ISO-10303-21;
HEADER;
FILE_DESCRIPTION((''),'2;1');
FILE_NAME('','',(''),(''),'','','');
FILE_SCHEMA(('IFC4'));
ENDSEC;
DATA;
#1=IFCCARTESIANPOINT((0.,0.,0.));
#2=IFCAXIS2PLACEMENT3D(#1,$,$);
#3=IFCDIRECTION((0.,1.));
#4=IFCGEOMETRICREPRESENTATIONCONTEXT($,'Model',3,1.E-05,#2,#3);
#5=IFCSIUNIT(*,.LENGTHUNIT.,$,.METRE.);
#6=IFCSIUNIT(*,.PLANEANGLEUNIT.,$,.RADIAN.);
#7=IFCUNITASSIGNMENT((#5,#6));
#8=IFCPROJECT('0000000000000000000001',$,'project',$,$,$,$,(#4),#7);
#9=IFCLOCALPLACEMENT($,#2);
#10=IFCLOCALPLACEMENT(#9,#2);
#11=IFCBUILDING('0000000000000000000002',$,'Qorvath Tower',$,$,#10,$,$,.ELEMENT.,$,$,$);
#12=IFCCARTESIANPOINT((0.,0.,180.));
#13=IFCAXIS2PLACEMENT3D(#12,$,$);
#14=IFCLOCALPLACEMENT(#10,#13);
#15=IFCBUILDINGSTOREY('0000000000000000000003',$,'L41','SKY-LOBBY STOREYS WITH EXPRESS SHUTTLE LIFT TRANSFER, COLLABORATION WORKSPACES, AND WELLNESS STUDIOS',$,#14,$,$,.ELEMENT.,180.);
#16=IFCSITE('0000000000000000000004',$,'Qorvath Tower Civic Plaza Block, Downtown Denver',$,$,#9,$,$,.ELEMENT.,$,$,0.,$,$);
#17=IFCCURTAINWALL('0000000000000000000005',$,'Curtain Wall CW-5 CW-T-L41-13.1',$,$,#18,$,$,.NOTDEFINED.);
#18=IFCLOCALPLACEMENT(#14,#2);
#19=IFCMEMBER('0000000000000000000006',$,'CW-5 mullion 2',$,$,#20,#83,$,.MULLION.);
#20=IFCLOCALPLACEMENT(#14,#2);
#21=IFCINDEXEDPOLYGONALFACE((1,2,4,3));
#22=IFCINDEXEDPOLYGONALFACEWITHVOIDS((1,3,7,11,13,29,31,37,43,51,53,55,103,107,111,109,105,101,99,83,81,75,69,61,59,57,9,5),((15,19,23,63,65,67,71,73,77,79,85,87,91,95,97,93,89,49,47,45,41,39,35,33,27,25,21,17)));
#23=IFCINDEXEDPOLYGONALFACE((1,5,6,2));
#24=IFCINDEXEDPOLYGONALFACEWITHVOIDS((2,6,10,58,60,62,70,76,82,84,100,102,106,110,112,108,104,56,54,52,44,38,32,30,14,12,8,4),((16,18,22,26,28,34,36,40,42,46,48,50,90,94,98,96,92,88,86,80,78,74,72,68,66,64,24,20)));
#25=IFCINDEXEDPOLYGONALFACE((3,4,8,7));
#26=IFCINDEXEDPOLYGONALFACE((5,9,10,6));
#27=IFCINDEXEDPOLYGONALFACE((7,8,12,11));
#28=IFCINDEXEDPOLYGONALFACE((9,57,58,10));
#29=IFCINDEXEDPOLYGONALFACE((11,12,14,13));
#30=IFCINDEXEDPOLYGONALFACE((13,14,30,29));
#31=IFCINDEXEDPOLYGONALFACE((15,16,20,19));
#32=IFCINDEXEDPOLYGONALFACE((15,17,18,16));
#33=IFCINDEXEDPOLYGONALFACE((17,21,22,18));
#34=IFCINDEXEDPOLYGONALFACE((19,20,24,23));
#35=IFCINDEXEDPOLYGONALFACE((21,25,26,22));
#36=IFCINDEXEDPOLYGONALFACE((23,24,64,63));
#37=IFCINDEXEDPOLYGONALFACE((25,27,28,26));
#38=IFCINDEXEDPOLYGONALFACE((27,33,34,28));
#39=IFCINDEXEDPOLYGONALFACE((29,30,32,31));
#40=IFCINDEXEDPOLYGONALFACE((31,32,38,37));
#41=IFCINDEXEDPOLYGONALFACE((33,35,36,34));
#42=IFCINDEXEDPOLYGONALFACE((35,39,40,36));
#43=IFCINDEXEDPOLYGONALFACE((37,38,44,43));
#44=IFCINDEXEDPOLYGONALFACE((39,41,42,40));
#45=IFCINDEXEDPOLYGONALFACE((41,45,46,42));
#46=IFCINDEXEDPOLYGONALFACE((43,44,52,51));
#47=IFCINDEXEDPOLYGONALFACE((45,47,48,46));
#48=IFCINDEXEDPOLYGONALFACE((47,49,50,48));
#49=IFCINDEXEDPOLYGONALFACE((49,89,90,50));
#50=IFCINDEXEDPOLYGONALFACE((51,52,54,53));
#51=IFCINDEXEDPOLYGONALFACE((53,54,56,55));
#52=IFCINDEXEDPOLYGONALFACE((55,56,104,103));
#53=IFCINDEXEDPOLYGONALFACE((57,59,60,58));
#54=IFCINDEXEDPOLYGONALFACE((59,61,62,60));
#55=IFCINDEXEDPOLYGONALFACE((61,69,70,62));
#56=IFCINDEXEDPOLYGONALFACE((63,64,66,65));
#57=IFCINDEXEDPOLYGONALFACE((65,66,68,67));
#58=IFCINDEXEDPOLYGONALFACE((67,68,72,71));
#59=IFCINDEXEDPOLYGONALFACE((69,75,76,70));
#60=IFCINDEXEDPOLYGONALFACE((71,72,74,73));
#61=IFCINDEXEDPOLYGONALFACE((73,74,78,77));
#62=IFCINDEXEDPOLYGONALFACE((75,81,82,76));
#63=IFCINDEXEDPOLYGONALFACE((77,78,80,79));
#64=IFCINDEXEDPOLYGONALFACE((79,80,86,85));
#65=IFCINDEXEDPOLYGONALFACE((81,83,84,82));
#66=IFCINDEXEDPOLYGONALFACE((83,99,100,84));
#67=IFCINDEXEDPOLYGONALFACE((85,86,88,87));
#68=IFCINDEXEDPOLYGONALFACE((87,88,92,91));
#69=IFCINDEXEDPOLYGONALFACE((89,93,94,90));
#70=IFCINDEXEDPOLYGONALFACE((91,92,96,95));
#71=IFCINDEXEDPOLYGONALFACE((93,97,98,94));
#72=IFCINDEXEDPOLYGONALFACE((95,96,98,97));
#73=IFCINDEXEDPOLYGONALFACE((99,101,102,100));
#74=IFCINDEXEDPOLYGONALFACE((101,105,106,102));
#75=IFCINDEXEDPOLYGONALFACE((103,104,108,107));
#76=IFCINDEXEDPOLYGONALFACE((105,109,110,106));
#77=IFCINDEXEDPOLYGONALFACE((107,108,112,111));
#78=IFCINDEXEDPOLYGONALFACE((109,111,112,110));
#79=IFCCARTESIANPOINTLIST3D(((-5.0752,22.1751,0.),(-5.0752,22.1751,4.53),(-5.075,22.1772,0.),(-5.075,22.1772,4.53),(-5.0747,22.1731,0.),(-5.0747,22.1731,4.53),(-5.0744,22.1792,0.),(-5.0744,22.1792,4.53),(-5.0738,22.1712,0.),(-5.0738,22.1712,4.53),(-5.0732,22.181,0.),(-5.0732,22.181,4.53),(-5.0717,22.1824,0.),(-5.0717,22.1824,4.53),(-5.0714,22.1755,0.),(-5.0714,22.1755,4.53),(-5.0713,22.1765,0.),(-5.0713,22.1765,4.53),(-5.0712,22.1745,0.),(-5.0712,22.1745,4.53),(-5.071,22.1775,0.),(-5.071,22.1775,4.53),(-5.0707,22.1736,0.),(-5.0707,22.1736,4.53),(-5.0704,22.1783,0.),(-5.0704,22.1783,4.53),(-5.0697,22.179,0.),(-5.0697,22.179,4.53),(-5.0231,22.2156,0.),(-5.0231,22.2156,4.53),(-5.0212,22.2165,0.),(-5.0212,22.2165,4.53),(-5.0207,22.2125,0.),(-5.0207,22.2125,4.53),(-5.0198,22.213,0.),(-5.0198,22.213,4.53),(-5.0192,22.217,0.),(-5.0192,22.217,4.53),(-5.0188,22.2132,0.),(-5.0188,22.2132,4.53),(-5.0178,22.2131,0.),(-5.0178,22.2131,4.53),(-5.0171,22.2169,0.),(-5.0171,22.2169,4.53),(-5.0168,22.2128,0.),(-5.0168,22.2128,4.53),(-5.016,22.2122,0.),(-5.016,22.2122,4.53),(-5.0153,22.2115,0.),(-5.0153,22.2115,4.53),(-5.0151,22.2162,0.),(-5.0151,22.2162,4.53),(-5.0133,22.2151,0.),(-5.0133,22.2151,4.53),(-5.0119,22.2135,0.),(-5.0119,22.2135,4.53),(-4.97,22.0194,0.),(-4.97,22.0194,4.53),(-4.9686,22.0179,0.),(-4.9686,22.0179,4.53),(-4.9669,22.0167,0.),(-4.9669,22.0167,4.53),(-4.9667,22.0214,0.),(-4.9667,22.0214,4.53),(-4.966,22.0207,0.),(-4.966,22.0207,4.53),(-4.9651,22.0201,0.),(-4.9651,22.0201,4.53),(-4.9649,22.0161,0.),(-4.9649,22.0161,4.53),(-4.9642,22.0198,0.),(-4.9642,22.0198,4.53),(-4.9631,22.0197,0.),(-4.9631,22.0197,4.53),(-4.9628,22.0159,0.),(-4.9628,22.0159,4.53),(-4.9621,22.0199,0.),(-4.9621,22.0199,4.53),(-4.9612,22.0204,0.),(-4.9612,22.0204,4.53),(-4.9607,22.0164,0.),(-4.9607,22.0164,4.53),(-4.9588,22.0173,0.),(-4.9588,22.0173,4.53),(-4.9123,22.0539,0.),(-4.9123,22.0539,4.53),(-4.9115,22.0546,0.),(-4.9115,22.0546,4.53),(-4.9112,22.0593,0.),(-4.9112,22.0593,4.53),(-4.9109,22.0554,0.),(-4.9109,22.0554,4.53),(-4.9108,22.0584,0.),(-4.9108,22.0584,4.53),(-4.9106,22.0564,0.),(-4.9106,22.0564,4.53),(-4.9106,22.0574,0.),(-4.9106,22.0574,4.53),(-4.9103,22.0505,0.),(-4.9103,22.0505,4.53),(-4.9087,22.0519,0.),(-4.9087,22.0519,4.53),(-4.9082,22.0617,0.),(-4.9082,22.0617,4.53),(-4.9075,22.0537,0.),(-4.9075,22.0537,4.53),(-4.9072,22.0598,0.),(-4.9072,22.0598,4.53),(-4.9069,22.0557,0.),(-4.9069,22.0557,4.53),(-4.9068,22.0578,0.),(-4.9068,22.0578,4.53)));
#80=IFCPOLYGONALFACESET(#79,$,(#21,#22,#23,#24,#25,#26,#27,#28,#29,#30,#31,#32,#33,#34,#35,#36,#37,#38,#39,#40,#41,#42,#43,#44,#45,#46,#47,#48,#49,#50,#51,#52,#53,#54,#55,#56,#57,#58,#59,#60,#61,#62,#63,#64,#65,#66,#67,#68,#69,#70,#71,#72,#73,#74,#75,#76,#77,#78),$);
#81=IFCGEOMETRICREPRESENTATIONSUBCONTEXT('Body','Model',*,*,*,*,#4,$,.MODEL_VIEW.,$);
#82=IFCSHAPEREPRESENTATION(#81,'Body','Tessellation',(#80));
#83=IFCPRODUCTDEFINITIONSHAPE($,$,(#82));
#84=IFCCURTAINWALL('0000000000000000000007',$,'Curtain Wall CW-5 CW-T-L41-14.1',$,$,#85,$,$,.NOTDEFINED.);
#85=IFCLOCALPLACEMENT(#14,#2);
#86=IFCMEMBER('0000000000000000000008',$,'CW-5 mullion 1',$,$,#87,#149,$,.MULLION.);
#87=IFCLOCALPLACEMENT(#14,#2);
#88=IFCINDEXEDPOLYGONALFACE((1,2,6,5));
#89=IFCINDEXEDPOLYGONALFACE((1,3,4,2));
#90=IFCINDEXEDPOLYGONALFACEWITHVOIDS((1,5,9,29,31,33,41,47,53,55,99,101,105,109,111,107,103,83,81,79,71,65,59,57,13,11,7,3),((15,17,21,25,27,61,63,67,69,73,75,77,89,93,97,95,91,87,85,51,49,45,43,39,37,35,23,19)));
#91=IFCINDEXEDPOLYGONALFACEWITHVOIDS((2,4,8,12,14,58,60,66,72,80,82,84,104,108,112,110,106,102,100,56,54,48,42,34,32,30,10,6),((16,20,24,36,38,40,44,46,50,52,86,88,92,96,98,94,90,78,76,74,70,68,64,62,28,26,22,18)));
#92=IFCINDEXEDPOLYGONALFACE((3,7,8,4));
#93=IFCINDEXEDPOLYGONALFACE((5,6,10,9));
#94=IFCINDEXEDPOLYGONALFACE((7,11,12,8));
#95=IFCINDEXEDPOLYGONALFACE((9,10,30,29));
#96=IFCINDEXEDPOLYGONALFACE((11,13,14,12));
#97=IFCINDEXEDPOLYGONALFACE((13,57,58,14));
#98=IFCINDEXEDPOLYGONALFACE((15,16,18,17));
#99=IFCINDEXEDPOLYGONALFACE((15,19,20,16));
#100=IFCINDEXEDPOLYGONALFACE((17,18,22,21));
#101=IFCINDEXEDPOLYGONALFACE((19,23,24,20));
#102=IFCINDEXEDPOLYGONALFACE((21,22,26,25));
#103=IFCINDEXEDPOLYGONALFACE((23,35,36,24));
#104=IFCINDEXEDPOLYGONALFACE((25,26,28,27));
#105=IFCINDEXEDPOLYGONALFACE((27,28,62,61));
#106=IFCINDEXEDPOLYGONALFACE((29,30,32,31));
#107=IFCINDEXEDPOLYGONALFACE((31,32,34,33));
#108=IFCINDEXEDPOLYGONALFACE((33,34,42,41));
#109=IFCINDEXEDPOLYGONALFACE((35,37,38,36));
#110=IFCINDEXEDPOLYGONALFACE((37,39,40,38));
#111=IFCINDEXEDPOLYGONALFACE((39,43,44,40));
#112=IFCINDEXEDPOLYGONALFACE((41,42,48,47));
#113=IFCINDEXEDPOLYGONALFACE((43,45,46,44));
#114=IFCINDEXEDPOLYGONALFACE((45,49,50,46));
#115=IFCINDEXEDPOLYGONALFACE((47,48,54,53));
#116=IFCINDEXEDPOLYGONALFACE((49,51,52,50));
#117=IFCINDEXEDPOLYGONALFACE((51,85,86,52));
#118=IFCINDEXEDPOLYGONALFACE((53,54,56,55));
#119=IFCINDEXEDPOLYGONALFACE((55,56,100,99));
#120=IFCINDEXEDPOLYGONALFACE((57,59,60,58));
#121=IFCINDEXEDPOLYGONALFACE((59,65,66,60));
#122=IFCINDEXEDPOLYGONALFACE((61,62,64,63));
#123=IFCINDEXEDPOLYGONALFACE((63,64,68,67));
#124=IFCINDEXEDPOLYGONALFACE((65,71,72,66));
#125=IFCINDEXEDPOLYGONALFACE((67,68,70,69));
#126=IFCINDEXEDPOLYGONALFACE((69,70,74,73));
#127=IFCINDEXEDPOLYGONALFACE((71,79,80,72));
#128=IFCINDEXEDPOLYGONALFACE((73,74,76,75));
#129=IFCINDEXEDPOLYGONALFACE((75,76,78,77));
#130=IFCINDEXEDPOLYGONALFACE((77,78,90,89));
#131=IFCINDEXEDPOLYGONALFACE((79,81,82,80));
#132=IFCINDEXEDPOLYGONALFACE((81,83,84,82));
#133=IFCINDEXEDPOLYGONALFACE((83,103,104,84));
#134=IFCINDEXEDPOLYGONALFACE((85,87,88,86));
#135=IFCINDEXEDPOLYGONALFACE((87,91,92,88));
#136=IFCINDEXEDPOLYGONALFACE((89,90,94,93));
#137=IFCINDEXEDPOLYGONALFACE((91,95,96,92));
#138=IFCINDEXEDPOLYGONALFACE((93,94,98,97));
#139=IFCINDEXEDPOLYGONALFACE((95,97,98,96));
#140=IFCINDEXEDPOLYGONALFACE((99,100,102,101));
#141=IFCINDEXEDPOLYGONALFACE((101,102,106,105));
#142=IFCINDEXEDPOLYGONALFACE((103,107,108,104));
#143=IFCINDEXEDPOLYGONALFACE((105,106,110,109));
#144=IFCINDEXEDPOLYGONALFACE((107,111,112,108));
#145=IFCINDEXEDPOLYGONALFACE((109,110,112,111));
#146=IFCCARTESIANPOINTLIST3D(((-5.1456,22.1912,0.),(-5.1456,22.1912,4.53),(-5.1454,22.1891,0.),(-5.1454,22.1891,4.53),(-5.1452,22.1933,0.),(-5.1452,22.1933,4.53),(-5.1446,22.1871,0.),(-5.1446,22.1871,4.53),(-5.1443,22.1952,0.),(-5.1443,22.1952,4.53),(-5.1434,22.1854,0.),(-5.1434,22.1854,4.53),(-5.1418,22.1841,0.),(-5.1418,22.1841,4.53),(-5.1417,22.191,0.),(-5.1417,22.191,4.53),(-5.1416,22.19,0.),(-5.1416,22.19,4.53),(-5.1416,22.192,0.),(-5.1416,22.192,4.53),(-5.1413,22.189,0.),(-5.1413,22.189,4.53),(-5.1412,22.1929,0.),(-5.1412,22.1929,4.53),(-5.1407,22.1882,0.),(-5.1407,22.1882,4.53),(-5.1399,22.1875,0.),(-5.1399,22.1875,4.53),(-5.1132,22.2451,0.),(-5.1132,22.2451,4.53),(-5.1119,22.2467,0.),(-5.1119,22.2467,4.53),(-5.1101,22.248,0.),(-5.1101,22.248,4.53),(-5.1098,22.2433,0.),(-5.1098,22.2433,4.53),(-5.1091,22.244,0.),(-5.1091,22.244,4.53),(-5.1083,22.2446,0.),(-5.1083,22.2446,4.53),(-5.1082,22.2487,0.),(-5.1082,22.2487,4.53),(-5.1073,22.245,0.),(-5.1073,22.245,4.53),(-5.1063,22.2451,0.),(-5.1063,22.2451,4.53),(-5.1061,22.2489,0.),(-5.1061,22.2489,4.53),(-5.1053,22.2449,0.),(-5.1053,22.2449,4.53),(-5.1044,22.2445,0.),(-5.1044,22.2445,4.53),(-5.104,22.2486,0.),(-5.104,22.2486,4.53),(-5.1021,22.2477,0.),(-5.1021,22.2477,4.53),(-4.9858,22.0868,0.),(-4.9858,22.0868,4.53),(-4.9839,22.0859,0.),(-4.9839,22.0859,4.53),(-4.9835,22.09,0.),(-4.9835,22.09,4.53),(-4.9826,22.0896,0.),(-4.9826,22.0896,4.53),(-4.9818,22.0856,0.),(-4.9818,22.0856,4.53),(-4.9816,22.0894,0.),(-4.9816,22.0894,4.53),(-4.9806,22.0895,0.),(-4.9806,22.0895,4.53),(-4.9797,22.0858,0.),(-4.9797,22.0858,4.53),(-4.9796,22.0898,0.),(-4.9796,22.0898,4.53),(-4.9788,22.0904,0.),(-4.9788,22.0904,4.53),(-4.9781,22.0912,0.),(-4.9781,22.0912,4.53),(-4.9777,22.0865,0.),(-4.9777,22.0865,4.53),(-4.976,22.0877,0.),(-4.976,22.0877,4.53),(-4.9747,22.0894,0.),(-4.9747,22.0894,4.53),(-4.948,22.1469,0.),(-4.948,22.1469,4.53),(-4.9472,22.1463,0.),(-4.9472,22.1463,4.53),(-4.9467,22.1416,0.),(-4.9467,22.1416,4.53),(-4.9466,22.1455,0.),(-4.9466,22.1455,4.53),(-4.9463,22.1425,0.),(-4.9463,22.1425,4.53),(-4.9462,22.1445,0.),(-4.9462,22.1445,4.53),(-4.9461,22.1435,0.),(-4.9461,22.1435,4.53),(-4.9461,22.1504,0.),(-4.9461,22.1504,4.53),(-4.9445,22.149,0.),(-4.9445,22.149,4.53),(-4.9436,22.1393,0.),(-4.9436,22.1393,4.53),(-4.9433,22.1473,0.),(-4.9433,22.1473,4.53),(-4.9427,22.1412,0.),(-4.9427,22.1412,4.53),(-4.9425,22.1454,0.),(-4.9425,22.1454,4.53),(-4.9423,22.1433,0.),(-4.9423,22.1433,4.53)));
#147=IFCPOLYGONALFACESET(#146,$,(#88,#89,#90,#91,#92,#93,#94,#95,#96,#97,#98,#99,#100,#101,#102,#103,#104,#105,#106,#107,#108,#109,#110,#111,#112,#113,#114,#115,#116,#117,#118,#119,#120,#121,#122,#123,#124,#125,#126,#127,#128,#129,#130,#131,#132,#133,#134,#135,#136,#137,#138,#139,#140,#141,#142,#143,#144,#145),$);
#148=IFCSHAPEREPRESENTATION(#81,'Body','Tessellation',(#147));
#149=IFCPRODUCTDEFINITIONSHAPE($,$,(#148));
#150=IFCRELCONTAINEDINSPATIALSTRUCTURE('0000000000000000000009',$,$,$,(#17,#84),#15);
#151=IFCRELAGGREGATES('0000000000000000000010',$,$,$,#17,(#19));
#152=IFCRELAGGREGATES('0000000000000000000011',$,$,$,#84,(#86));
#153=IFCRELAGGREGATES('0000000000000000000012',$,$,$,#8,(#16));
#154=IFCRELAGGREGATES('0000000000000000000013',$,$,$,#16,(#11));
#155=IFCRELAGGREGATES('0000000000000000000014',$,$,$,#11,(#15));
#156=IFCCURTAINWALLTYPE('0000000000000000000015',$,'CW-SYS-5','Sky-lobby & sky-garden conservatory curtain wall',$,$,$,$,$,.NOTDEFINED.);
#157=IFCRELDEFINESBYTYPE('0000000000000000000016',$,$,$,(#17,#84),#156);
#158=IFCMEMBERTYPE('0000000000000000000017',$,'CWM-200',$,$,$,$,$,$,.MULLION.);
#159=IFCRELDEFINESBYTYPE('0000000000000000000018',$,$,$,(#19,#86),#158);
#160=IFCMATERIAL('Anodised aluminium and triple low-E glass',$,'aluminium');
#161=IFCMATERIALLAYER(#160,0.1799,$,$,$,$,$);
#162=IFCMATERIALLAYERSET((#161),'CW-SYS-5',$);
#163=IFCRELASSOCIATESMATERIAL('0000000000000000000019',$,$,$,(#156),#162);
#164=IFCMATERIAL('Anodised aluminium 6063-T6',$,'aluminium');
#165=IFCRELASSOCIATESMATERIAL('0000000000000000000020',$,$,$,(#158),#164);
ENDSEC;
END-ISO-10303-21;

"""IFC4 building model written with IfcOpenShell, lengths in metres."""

from ifc_helpers import new_model, si_unit, direction, frame, origin, origin_2d, place, context, subcontext, project, spatial, hollow_rectangle, extrude, material, layer, layer_set, material_profile, profile_set, type_object, element, aggregate, save


model = new_model("IFC4")

# Units and contexts
model_context = context("Model", 3, precision=1e-05, world=origin(), true_north=direction((0.0, 1.0)))
body_context = subcontext(model_context, "Body", "Model", "MODEL_VIEW")
ifc_project = project(units=[si_unit("LENGTHUNIT", "METRE"), si_unit("PLANEANGLEUNIT", "RADIAN")], contexts=[model_context])

# Site, building, storey
site_placement = place(None, origin())
site = spatial("IfcSite", under=ifc_project, at=site_placement, Name="Qorvath Tower Civic Plaza Block, Downtown Denver", CompositionType="ELEMENT", RefElevation=0.0)
building_placement = place(site_placement, origin())
building = spatial("IfcBuilding", under=site, at=building_placement, Name="Qorvath Tower", CompositionType="ELEMENT")
storey_placement = place(building_placement, frame((0.0, 0.0, 180.0)))
storey = spatial("IfcBuildingStorey", under=building, at=storey_placement, Name="L41", Description="SKY-LOBBY STOREYS WITH EXPRESS SHUTTLE LIFT TRANSFER, COLLABORATION WORKSPACES, AND WELLNESS STUDIOS", CompositionType="ELEMENT", Elevation=180.0)

# Shared definitions
ifc_material_1 = material(Name="Anodised aluminium and triple low-E glass", Category="aluminium")
ifc_layer_1 = layer(ifc_material_1, 0.1799)
ifc_layer_set_1 = layer_set([ifc_layer_1], Name="CW-SYS-5")
curtain_wall_type = type_object("IfcCurtainWallType", Name="CW-SYS-5", Description="Sky-lobby & sky-garden conservatory curtain wall", PredefinedType="NOTDEFINED", material=ifc_layer_set_1)
ifc_material_2 = material(Name="Anodised aluminium 6063-T6", Category="aluminium")
ifc_material_profile_1 = material_profile(ifc_material_2, hollow_rectangle(XDim=0.075, YDim=0.2, WallThickness=0.0039, InnerFilletRadius=0.0039, OuterFilletRadius=0.0081, at=origin_2d()), Name="CWM 200x75")
ifc_profile_set_1 = profile_set([ifc_material_profile_1], Name="Anodised aluminium 6063-T6")
member_type_1 = type_object("IfcMemberType", Name="CWM-200", PredefinedType="MULLION", material=ifc_profile_set_1)

# Curtain walls, members
curtain_wall_1_placement = place(storey_placement, origin())
curtain_wall_1 = element("IfcCurtainWall", 1, at=curtain_wall_1_placement, inside=storey, type_object=curtain_wall_type, Name="Curtain Wall CW-5 CW-T-L41-13.1", PredefinedType="NOTDEFINED")
member_1_placement = place(storey_placement, frame((-4.991, 22.1165, 0.0), z_axis=(0.0, 0.0, 1.0), x_axis=(-0.825508, -0.56439, 0.0)))
member_1 = element("IfcMember", 2, at=member_1_placement, type_object=member_type_1, Name="CW-5 mullion 2", PredefinedType="MULLION", context=body_context, shape_type="SweptSolid", body=[
    extrude(hollow_rectangle(XDim=0.075, YDim=0.2, WallThickness=0.0039, InnerFilletRadius=0.0039, OuterFilletRadius=0.0081, at=origin_2d()), origin(), (0.0, 0.0, 1.0), 4.53),
])
curtain_wall_2_placement = place(storey_placement, origin())
curtain_wall_2 = element("IfcCurtainWall", 3, at=curtain_wall_2_placement, inside=storey, type_object=curtain_wall_type, Name="Curtain Wall CW-5 CW-T-L41-14.1", PredefinedType="NOTDEFINED")
member_2_placement = place(storey_placement, frame((-5.0439, 22.1672, 0.0), z_axis=(0.0, 0.0, 1.0), x_axis=(-0.52931, -0.848429, 0.0)))
member_2 = element("IfcMember", 4, at=member_2_placement, type_object=member_type_1, Name="CW-5 mullion 1", PredefinedType="MULLION", context=body_context, shape_type="SweptSolid", body=[
    extrude(hollow_rectangle(XDim=0.075, YDim=0.2, WallThickness=0.0039, InnerFilletRadius=0.0039, OuterFilletRadius=0.0081, at=origin_2d()), origin(), (0.0, 0.0, 1.0), 4.53),
])

aggregate(curtain_wall_1, [member_1])
aggregate(curtain_wall_2, [member_2])

save(model, "model.ifc")
